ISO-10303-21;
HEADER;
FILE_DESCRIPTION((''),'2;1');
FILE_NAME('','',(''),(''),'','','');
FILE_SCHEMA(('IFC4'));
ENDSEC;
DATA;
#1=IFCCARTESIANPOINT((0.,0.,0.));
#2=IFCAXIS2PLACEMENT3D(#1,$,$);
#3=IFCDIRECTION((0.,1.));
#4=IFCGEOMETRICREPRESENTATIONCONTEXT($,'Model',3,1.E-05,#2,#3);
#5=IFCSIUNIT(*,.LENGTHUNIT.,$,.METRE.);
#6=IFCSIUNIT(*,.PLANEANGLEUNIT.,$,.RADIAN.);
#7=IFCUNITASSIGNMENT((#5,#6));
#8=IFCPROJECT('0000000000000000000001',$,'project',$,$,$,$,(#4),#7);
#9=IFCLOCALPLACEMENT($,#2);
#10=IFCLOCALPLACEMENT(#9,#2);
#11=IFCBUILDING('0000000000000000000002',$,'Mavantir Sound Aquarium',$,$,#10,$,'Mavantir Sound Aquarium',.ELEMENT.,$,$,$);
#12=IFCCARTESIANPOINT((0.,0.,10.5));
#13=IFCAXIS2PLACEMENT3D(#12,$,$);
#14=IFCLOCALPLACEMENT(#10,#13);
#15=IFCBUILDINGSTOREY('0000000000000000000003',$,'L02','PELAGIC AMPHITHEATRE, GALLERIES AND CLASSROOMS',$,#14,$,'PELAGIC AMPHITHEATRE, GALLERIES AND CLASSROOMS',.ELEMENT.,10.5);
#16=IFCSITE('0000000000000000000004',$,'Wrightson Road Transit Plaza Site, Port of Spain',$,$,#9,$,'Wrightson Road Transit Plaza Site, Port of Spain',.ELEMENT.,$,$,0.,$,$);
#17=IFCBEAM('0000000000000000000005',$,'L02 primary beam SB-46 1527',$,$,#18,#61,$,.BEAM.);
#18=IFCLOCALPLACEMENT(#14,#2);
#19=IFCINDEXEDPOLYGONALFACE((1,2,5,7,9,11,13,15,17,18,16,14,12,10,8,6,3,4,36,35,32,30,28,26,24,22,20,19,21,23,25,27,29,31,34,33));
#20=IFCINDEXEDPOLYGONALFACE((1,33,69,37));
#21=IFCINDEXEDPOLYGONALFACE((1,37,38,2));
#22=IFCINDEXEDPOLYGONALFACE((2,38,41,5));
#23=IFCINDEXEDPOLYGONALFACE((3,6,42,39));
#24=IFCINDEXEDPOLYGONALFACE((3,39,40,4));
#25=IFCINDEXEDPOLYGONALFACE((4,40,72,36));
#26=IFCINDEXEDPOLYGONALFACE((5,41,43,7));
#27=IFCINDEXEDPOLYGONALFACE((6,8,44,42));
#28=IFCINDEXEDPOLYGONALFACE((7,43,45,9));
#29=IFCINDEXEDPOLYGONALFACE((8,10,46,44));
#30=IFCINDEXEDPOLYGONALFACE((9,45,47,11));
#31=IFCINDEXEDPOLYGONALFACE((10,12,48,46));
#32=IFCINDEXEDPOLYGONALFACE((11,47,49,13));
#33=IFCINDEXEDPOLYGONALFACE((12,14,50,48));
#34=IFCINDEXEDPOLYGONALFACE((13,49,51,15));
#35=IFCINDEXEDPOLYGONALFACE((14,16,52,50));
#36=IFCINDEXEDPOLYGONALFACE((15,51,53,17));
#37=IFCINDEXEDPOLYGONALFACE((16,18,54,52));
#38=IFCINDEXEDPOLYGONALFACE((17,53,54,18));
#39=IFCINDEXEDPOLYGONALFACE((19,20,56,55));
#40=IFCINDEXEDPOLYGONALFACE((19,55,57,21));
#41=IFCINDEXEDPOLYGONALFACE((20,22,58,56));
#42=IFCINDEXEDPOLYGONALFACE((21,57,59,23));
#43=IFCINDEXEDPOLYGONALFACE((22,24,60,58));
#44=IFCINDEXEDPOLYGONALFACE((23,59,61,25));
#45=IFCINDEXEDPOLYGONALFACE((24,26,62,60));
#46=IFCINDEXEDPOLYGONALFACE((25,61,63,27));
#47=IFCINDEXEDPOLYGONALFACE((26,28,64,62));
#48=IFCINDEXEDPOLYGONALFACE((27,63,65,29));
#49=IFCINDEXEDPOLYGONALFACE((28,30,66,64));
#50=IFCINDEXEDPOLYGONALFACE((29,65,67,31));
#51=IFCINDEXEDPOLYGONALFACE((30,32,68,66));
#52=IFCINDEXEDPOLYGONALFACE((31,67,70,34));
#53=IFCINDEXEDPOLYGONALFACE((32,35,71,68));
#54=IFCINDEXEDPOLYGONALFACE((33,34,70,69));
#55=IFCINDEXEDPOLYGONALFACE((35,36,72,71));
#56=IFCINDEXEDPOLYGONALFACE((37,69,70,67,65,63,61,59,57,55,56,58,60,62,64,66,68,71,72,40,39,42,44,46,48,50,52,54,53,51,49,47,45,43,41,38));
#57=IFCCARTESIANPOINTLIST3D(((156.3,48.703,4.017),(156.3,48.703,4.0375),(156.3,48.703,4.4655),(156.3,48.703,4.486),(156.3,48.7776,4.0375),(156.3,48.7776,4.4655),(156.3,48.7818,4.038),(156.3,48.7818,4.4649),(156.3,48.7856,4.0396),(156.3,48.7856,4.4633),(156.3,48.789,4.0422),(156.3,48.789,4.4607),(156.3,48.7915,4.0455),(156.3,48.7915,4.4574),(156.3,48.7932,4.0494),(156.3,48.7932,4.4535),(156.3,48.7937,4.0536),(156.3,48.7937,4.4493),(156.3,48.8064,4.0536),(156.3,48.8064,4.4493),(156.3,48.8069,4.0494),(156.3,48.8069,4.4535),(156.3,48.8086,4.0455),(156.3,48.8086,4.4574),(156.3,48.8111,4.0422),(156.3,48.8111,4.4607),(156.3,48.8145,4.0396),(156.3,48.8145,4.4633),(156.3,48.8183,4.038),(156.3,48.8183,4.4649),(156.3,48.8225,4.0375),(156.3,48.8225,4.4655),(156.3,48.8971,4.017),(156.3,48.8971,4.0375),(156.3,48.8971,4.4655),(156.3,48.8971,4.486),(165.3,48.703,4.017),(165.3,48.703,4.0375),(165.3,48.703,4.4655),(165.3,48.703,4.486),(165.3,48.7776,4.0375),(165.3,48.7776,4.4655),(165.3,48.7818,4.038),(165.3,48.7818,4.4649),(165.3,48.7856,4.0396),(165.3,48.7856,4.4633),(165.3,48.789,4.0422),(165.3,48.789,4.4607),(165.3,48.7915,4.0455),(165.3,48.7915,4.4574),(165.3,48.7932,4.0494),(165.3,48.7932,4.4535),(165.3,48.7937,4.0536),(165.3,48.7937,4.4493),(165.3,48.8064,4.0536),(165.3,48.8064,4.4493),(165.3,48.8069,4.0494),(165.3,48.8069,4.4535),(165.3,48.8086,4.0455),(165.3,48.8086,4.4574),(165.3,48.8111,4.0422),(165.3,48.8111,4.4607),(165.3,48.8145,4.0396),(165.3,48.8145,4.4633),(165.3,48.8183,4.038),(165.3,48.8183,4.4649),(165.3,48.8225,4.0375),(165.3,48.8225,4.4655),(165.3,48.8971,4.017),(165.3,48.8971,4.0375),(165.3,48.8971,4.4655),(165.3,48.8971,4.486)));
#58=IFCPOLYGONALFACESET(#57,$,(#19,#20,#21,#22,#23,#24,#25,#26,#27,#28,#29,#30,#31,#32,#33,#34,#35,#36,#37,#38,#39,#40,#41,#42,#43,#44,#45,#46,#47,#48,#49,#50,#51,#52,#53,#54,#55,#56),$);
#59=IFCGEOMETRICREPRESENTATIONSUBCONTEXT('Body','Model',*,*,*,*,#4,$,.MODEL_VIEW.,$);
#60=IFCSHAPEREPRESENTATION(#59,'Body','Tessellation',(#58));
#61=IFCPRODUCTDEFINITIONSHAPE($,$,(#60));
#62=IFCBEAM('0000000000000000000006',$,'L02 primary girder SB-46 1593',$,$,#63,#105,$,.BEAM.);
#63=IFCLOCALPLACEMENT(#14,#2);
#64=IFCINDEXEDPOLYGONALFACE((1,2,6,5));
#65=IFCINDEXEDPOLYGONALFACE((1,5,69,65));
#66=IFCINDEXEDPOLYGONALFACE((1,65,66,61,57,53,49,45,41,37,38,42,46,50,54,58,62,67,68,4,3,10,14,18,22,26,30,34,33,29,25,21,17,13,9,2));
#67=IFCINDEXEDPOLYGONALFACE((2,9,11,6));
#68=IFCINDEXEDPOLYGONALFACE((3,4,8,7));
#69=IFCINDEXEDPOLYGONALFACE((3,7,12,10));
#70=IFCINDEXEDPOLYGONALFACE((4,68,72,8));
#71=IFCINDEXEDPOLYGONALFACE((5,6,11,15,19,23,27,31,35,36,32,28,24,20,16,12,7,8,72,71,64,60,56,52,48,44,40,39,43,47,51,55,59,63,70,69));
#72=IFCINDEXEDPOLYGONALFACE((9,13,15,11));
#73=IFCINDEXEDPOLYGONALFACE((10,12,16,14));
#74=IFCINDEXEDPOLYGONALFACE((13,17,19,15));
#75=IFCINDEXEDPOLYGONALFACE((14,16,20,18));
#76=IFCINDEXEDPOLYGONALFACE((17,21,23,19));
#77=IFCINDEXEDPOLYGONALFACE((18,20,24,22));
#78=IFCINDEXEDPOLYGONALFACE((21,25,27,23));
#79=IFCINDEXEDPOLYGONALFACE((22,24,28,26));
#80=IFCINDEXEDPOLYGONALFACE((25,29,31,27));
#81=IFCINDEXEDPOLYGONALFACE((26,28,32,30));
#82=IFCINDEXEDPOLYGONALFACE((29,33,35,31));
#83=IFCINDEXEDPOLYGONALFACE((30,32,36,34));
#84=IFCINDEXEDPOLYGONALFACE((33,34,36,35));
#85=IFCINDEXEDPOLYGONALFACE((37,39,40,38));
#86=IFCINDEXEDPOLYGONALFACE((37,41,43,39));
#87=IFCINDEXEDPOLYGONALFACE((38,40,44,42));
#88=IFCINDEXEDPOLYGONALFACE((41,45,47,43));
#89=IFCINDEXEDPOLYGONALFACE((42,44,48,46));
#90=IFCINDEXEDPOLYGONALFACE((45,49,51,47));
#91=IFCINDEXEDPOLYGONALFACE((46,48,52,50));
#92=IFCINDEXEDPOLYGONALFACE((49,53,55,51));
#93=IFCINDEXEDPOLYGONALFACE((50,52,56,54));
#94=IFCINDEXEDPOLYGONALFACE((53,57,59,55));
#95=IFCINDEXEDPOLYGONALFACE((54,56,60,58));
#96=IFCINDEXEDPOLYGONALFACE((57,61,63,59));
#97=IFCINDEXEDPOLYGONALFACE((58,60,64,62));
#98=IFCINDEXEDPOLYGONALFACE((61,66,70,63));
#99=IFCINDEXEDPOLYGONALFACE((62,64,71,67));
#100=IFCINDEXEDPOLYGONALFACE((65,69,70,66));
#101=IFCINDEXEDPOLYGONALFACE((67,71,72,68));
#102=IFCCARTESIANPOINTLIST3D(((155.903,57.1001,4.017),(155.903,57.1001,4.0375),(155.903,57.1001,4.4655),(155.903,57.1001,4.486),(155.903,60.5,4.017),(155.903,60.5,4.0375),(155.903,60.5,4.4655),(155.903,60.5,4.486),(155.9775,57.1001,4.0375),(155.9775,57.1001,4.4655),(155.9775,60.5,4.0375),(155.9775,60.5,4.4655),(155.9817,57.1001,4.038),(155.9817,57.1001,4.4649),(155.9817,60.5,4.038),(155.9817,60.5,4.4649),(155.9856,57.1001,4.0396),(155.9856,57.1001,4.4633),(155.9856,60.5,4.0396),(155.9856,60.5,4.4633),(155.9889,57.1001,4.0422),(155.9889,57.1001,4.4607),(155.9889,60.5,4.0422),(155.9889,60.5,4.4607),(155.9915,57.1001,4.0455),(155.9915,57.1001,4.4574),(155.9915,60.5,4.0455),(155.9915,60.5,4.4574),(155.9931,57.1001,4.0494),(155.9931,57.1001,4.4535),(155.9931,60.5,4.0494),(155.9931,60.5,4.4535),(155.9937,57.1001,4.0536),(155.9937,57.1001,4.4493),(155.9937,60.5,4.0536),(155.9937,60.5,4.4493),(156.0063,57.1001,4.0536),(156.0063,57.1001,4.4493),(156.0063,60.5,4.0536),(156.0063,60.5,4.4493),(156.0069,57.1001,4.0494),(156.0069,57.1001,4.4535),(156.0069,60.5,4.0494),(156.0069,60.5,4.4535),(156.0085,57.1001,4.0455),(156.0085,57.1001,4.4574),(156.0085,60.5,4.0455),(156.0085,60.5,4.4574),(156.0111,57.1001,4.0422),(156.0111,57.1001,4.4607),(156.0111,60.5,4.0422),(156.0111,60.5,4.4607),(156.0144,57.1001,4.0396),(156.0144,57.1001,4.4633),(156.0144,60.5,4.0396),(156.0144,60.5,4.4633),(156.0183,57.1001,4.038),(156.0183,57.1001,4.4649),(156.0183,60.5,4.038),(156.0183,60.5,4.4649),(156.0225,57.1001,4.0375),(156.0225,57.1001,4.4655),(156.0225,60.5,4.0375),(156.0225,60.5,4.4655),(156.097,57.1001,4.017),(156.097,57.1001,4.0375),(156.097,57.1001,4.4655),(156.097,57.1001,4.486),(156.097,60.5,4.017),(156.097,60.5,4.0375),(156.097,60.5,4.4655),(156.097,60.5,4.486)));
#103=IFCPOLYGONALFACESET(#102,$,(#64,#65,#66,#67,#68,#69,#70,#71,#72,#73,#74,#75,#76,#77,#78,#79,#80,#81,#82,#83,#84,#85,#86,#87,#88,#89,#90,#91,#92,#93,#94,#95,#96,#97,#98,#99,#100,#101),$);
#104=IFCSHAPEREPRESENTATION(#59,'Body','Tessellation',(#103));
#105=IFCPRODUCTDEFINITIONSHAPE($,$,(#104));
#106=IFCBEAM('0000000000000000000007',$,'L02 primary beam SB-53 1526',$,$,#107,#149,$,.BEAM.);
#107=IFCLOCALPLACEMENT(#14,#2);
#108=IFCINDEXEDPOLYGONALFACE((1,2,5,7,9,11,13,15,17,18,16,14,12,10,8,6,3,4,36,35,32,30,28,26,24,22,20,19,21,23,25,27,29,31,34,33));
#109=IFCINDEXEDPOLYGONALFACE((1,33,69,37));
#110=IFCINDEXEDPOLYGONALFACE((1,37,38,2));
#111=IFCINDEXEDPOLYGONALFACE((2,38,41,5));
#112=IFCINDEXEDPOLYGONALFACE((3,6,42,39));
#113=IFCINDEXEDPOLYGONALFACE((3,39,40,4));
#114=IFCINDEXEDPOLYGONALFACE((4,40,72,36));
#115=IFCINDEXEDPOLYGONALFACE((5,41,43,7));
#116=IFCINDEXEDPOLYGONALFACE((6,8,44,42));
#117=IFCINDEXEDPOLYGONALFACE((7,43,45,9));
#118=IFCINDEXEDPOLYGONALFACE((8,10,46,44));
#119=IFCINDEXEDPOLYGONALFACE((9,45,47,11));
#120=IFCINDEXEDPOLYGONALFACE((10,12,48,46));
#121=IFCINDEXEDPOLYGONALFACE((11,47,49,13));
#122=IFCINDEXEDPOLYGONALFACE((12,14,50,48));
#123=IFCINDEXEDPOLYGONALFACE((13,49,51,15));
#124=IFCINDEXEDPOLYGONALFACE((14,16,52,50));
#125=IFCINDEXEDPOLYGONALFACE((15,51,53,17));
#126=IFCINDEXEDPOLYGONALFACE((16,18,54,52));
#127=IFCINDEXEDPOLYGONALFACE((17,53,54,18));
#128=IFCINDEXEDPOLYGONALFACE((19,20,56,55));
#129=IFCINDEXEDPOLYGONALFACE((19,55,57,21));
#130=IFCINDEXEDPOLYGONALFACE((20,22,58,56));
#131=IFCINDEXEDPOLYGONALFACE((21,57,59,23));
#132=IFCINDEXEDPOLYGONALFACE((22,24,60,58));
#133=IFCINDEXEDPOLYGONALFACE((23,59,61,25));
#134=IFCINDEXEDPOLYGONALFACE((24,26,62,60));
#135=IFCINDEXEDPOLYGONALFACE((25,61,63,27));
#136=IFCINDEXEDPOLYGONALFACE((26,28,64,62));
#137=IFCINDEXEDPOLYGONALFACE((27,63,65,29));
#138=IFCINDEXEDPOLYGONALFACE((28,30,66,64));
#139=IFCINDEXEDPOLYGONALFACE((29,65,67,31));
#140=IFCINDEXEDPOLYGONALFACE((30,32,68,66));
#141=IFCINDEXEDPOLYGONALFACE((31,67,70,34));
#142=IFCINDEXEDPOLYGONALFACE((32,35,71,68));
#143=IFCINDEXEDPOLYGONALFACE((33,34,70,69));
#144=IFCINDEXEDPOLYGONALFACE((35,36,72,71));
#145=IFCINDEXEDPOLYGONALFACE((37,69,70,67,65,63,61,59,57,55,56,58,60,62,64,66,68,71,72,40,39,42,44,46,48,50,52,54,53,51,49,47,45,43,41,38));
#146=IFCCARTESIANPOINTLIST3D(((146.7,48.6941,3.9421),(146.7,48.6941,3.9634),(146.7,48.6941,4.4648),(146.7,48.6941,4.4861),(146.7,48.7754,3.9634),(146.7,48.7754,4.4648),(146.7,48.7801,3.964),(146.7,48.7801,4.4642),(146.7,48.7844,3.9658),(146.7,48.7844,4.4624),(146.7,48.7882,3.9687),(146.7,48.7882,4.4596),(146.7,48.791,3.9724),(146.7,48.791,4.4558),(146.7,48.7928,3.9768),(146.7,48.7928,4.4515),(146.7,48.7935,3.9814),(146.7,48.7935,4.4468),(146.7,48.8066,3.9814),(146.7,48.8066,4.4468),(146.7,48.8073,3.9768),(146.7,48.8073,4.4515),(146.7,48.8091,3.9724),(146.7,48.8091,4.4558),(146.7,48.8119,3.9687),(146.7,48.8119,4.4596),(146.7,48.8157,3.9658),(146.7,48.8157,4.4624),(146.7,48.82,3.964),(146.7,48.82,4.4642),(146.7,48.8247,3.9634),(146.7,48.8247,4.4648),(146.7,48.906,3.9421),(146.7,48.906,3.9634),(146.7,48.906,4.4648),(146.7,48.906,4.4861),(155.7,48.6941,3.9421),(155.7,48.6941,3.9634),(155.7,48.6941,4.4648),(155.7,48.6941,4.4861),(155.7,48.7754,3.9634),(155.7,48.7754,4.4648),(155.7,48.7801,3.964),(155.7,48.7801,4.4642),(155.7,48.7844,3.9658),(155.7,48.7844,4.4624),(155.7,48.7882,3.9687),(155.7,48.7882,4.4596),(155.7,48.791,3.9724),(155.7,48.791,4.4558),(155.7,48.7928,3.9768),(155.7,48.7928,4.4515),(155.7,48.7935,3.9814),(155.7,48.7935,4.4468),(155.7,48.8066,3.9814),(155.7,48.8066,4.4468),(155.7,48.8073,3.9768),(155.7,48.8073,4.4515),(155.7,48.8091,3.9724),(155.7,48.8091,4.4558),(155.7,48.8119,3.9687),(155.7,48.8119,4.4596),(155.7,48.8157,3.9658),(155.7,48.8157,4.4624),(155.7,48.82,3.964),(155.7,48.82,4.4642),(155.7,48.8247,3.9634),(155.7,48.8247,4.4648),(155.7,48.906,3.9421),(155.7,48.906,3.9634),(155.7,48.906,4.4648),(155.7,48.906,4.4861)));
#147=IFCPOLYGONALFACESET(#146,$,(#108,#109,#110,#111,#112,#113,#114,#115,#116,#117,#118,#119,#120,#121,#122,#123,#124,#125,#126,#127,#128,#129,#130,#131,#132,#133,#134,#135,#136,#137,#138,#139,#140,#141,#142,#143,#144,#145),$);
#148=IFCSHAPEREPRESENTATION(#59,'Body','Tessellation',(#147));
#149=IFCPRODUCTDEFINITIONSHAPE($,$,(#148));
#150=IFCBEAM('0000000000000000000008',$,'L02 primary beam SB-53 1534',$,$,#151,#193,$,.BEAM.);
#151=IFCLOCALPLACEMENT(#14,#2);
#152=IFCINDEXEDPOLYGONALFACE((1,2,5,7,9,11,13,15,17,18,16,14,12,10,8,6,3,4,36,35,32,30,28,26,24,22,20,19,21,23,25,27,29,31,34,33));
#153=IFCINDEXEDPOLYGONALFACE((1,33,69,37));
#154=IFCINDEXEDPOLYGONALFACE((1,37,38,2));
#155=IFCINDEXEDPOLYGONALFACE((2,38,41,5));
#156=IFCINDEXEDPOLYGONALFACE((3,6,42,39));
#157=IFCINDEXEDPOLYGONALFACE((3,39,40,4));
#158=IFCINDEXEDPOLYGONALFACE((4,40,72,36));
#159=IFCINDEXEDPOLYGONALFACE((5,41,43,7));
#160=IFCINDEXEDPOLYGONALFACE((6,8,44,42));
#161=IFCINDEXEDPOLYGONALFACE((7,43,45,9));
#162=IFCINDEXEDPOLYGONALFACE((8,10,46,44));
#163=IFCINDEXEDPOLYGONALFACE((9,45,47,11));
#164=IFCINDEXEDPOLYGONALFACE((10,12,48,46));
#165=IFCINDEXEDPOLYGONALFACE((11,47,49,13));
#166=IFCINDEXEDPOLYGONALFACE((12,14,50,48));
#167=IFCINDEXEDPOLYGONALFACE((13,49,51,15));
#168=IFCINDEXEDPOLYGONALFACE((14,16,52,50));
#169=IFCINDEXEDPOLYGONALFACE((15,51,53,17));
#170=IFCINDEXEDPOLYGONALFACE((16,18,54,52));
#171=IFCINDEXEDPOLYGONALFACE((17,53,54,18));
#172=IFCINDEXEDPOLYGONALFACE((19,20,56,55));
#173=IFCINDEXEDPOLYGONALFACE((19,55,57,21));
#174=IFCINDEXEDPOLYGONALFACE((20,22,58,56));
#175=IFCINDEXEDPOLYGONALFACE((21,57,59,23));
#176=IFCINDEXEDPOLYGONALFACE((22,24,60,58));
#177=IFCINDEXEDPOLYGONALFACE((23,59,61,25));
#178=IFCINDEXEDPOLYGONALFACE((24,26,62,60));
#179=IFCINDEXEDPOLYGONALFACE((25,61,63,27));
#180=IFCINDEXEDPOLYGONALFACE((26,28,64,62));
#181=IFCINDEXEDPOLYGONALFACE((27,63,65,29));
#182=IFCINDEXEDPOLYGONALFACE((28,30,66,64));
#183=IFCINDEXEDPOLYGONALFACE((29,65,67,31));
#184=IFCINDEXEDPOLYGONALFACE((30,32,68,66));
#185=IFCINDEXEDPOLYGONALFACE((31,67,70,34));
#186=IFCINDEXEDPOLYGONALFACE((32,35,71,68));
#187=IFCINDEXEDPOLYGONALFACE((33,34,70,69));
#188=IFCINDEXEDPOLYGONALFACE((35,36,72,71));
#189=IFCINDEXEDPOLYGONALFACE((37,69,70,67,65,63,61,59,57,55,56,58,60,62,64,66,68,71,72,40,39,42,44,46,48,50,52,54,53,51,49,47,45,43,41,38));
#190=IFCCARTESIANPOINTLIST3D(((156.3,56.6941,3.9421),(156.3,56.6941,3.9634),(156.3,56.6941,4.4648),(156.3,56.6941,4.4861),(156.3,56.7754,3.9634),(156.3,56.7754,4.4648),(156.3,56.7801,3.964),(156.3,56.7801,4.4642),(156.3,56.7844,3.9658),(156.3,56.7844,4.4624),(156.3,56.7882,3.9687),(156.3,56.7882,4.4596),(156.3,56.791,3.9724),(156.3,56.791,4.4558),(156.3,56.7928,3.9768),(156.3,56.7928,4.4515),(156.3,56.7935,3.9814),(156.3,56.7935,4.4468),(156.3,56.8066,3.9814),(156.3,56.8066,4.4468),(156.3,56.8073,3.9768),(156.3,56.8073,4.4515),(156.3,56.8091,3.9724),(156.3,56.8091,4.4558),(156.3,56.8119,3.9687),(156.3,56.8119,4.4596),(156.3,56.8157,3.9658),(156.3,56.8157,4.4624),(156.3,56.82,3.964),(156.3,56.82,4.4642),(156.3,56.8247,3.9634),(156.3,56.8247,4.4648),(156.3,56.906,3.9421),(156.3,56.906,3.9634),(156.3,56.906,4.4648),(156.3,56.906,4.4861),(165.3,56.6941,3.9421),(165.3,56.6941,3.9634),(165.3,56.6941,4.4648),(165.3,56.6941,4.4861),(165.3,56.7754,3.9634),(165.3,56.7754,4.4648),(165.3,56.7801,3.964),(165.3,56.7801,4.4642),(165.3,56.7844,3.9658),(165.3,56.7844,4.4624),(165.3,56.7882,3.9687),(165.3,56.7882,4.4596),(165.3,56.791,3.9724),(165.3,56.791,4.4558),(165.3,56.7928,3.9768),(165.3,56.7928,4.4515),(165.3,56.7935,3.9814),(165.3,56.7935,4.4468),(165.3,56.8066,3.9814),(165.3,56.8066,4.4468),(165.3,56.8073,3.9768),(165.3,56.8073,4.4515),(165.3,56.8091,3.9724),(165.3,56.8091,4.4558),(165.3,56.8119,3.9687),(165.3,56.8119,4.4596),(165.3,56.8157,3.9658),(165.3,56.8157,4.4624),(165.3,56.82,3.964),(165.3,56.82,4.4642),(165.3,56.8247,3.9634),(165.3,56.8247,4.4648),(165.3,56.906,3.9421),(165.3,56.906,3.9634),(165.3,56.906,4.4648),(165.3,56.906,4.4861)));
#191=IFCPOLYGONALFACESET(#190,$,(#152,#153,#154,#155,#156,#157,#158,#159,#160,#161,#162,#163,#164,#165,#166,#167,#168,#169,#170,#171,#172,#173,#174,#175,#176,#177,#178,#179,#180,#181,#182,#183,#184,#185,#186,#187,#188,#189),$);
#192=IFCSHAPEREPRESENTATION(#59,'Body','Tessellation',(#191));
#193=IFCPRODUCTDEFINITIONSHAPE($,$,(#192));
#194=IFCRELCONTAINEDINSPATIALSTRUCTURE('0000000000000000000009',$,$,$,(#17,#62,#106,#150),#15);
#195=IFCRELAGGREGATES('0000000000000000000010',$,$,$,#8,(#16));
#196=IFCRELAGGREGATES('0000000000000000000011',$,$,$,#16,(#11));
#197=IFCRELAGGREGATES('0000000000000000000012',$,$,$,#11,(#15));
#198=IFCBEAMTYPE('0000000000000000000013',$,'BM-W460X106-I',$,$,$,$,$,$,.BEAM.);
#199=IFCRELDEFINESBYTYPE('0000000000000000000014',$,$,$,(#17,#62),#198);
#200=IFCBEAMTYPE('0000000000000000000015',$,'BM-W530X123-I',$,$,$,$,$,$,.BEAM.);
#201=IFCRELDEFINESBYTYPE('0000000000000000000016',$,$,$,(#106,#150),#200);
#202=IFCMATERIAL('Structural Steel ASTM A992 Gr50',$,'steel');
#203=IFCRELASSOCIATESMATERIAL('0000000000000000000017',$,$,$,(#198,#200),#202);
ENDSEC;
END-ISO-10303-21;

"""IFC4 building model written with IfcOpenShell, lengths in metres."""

from ifc_helpers import new_model, si_unit, direction, frame, origin, origin_2d, place, context, subcontext, project, spatial, i_section, extrude, material, material_profile, profile_set, type_object, element, save


model = new_model("IFC4")

# Units and contexts
model_context = context("Model", 3, precision=1e-05, world=origin(), true_north=direction((0.0, 1.0)))
body_context = subcontext(model_context, "Body", "Model", "MODEL_VIEW")
ifc_project = project(units=[si_unit("LENGTHUNIT", "METRE"), si_unit("PLANEANGLEUNIT", "RADIAN")], contexts=[model_context])

# Site, building, storey
site_placement = place(None, origin())
site = spatial("IfcSite", under=ifc_project, at=site_placement, Name="Wrightson Road Transit Plaza Site, Port of Spain", LongName="Wrightson Road Transit Plaza Site, Port of Spain", CompositionType="ELEMENT", RefElevation=0.0)
building_placement = place(site_placement, origin())
building = spatial("IfcBuilding", under=site, at=building_placement, Name="Mavantir Sound Aquarium", LongName="Mavantir Sound Aquarium", CompositionType="ELEMENT")
storey_placement = place(building_placement, frame((0.0, 0.0, 10.5)))
storey = spatial("IfcBuildingStorey", under=building, at=storey_placement, Name="L02", Description="PELAGIC AMPHITHEATRE, GALLERIES AND CLASSROOMS", LongName="PELAGIC AMPHITHEATRE, GALLERIES AND CLASSROOMS", CompositionType="ELEMENT", Elevation=10.5)

# Beams
ifc_material_1 = material(Name="Structural Steel ASTM A992 Gr50", Category="steel")
ifc_material_profile_1 = material_profile(ifc_material_1, i_section(OverallWidth=0.1941, OverallDepth=0.469, WebThickness=0.0127, FlangeThickness=0.0205, FilletRadius=0.0161, at=origin_2d()), Name="W460X106")
ifc_profile_set_1 = profile_set([ifc_material_profile_1], Name="Structural Steel ASTM A992 Gr50")
beam_type_1 = type_object("IfcBeamType", Name="BM-W460X106-I", PredefinedType="BEAM", material=ifc_profile_set_1)
beam_1_placement = place(storey_placement, frame((156.3, 48.8, 4.2515), z_axis=(1.0, 0.0, 0.0), x_axis=(0.0, 1.0, 0.0)))
element("IfcBeam", 1, at=beam_1_placement, inside=storey, type_object=beam_type_1, Name="L02 primary beam SB-46 1527", PredefinedType="BEAM", context=body_context, shape_type="SweptSolid", body=[
    extrude(i_section(OverallWidth=0.1941, OverallDepth=0.469, WebThickness=0.0127, FlangeThickness=0.0205, FilletRadius=0.0161, at=origin_2d()), origin(), (0.0, 0.0, 1.0), 9.0),
])
beam_2_placement = place(storey_placement, frame((156.0, 57.1001, 4.2515), z_axis=(0.0, 1.0, 0.0), x_axis=(-1.0, 0.0, 0.0)))
element("IfcBeam", 2, at=beam_2_placement, inside=storey, type_object=beam_type_1, Name="L02 primary girder SB-46 1593", PredefinedType="BEAM", context=body_context, shape_type="SweptSolid", body=[
    extrude(i_section(OverallWidth=0.1941, OverallDepth=0.469, WebThickness=0.0127, FlangeThickness=0.0205, FilletRadius=0.0161, at=origin_2d()), origin(), (0.0, 0.0, 1.0), 3.3999),
])
ifc_material_profile_2 = material_profile(ifc_material_1, i_section(OverallWidth=0.2119, OverallDepth=0.5439, WebThickness=0.0132, FlangeThickness=0.0212, FilletRadius=0.0181, at=origin_2d()), Name="W530X123")
ifc_profile_set_2 = profile_set([ifc_material_profile_2], Name="Structural Steel ASTM A992 Gr50")
beam_type_2 = type_object("IfcBeamType", Name="BM-W530X123-I", PredefinedType="BEAM", material=ifc_profile_set_2)
for number, where, z_axis, x_axis, name in (
    (3, (146.7, 48.8, 4.2141), (1.0, 0.0, 0.0), (0.0, 1.0, 0.0), "L02 primary beam SB-53 1526"),
    (4, (156.3, 56.8, 4.2141), (1.0, 0.0, 0.0), (0.0, 1.0, 0.0), "L02 primary beam SB-53 1534"),
):
    element("IfcBeam", number, at=place(storey_placement, frame(where, z_axis=z_axis, x_axis=x_axis)), inside=storey, type_object=beam_type_2, Name=name, PredefinedType="BEAM", context=body_context, shape_type="SweptSolid", body=[
        extrude(i_section(OverallWidth=0.2119, OverallDepth=0.5439, WebThickness=0.0132, FlangeThickness=0.0212, FilletRadius=0.0181, at=origin_2d()), origin(), (0.0, 0.0, 1.0), 9.0),
    ])

save(model, "model.ifc")
